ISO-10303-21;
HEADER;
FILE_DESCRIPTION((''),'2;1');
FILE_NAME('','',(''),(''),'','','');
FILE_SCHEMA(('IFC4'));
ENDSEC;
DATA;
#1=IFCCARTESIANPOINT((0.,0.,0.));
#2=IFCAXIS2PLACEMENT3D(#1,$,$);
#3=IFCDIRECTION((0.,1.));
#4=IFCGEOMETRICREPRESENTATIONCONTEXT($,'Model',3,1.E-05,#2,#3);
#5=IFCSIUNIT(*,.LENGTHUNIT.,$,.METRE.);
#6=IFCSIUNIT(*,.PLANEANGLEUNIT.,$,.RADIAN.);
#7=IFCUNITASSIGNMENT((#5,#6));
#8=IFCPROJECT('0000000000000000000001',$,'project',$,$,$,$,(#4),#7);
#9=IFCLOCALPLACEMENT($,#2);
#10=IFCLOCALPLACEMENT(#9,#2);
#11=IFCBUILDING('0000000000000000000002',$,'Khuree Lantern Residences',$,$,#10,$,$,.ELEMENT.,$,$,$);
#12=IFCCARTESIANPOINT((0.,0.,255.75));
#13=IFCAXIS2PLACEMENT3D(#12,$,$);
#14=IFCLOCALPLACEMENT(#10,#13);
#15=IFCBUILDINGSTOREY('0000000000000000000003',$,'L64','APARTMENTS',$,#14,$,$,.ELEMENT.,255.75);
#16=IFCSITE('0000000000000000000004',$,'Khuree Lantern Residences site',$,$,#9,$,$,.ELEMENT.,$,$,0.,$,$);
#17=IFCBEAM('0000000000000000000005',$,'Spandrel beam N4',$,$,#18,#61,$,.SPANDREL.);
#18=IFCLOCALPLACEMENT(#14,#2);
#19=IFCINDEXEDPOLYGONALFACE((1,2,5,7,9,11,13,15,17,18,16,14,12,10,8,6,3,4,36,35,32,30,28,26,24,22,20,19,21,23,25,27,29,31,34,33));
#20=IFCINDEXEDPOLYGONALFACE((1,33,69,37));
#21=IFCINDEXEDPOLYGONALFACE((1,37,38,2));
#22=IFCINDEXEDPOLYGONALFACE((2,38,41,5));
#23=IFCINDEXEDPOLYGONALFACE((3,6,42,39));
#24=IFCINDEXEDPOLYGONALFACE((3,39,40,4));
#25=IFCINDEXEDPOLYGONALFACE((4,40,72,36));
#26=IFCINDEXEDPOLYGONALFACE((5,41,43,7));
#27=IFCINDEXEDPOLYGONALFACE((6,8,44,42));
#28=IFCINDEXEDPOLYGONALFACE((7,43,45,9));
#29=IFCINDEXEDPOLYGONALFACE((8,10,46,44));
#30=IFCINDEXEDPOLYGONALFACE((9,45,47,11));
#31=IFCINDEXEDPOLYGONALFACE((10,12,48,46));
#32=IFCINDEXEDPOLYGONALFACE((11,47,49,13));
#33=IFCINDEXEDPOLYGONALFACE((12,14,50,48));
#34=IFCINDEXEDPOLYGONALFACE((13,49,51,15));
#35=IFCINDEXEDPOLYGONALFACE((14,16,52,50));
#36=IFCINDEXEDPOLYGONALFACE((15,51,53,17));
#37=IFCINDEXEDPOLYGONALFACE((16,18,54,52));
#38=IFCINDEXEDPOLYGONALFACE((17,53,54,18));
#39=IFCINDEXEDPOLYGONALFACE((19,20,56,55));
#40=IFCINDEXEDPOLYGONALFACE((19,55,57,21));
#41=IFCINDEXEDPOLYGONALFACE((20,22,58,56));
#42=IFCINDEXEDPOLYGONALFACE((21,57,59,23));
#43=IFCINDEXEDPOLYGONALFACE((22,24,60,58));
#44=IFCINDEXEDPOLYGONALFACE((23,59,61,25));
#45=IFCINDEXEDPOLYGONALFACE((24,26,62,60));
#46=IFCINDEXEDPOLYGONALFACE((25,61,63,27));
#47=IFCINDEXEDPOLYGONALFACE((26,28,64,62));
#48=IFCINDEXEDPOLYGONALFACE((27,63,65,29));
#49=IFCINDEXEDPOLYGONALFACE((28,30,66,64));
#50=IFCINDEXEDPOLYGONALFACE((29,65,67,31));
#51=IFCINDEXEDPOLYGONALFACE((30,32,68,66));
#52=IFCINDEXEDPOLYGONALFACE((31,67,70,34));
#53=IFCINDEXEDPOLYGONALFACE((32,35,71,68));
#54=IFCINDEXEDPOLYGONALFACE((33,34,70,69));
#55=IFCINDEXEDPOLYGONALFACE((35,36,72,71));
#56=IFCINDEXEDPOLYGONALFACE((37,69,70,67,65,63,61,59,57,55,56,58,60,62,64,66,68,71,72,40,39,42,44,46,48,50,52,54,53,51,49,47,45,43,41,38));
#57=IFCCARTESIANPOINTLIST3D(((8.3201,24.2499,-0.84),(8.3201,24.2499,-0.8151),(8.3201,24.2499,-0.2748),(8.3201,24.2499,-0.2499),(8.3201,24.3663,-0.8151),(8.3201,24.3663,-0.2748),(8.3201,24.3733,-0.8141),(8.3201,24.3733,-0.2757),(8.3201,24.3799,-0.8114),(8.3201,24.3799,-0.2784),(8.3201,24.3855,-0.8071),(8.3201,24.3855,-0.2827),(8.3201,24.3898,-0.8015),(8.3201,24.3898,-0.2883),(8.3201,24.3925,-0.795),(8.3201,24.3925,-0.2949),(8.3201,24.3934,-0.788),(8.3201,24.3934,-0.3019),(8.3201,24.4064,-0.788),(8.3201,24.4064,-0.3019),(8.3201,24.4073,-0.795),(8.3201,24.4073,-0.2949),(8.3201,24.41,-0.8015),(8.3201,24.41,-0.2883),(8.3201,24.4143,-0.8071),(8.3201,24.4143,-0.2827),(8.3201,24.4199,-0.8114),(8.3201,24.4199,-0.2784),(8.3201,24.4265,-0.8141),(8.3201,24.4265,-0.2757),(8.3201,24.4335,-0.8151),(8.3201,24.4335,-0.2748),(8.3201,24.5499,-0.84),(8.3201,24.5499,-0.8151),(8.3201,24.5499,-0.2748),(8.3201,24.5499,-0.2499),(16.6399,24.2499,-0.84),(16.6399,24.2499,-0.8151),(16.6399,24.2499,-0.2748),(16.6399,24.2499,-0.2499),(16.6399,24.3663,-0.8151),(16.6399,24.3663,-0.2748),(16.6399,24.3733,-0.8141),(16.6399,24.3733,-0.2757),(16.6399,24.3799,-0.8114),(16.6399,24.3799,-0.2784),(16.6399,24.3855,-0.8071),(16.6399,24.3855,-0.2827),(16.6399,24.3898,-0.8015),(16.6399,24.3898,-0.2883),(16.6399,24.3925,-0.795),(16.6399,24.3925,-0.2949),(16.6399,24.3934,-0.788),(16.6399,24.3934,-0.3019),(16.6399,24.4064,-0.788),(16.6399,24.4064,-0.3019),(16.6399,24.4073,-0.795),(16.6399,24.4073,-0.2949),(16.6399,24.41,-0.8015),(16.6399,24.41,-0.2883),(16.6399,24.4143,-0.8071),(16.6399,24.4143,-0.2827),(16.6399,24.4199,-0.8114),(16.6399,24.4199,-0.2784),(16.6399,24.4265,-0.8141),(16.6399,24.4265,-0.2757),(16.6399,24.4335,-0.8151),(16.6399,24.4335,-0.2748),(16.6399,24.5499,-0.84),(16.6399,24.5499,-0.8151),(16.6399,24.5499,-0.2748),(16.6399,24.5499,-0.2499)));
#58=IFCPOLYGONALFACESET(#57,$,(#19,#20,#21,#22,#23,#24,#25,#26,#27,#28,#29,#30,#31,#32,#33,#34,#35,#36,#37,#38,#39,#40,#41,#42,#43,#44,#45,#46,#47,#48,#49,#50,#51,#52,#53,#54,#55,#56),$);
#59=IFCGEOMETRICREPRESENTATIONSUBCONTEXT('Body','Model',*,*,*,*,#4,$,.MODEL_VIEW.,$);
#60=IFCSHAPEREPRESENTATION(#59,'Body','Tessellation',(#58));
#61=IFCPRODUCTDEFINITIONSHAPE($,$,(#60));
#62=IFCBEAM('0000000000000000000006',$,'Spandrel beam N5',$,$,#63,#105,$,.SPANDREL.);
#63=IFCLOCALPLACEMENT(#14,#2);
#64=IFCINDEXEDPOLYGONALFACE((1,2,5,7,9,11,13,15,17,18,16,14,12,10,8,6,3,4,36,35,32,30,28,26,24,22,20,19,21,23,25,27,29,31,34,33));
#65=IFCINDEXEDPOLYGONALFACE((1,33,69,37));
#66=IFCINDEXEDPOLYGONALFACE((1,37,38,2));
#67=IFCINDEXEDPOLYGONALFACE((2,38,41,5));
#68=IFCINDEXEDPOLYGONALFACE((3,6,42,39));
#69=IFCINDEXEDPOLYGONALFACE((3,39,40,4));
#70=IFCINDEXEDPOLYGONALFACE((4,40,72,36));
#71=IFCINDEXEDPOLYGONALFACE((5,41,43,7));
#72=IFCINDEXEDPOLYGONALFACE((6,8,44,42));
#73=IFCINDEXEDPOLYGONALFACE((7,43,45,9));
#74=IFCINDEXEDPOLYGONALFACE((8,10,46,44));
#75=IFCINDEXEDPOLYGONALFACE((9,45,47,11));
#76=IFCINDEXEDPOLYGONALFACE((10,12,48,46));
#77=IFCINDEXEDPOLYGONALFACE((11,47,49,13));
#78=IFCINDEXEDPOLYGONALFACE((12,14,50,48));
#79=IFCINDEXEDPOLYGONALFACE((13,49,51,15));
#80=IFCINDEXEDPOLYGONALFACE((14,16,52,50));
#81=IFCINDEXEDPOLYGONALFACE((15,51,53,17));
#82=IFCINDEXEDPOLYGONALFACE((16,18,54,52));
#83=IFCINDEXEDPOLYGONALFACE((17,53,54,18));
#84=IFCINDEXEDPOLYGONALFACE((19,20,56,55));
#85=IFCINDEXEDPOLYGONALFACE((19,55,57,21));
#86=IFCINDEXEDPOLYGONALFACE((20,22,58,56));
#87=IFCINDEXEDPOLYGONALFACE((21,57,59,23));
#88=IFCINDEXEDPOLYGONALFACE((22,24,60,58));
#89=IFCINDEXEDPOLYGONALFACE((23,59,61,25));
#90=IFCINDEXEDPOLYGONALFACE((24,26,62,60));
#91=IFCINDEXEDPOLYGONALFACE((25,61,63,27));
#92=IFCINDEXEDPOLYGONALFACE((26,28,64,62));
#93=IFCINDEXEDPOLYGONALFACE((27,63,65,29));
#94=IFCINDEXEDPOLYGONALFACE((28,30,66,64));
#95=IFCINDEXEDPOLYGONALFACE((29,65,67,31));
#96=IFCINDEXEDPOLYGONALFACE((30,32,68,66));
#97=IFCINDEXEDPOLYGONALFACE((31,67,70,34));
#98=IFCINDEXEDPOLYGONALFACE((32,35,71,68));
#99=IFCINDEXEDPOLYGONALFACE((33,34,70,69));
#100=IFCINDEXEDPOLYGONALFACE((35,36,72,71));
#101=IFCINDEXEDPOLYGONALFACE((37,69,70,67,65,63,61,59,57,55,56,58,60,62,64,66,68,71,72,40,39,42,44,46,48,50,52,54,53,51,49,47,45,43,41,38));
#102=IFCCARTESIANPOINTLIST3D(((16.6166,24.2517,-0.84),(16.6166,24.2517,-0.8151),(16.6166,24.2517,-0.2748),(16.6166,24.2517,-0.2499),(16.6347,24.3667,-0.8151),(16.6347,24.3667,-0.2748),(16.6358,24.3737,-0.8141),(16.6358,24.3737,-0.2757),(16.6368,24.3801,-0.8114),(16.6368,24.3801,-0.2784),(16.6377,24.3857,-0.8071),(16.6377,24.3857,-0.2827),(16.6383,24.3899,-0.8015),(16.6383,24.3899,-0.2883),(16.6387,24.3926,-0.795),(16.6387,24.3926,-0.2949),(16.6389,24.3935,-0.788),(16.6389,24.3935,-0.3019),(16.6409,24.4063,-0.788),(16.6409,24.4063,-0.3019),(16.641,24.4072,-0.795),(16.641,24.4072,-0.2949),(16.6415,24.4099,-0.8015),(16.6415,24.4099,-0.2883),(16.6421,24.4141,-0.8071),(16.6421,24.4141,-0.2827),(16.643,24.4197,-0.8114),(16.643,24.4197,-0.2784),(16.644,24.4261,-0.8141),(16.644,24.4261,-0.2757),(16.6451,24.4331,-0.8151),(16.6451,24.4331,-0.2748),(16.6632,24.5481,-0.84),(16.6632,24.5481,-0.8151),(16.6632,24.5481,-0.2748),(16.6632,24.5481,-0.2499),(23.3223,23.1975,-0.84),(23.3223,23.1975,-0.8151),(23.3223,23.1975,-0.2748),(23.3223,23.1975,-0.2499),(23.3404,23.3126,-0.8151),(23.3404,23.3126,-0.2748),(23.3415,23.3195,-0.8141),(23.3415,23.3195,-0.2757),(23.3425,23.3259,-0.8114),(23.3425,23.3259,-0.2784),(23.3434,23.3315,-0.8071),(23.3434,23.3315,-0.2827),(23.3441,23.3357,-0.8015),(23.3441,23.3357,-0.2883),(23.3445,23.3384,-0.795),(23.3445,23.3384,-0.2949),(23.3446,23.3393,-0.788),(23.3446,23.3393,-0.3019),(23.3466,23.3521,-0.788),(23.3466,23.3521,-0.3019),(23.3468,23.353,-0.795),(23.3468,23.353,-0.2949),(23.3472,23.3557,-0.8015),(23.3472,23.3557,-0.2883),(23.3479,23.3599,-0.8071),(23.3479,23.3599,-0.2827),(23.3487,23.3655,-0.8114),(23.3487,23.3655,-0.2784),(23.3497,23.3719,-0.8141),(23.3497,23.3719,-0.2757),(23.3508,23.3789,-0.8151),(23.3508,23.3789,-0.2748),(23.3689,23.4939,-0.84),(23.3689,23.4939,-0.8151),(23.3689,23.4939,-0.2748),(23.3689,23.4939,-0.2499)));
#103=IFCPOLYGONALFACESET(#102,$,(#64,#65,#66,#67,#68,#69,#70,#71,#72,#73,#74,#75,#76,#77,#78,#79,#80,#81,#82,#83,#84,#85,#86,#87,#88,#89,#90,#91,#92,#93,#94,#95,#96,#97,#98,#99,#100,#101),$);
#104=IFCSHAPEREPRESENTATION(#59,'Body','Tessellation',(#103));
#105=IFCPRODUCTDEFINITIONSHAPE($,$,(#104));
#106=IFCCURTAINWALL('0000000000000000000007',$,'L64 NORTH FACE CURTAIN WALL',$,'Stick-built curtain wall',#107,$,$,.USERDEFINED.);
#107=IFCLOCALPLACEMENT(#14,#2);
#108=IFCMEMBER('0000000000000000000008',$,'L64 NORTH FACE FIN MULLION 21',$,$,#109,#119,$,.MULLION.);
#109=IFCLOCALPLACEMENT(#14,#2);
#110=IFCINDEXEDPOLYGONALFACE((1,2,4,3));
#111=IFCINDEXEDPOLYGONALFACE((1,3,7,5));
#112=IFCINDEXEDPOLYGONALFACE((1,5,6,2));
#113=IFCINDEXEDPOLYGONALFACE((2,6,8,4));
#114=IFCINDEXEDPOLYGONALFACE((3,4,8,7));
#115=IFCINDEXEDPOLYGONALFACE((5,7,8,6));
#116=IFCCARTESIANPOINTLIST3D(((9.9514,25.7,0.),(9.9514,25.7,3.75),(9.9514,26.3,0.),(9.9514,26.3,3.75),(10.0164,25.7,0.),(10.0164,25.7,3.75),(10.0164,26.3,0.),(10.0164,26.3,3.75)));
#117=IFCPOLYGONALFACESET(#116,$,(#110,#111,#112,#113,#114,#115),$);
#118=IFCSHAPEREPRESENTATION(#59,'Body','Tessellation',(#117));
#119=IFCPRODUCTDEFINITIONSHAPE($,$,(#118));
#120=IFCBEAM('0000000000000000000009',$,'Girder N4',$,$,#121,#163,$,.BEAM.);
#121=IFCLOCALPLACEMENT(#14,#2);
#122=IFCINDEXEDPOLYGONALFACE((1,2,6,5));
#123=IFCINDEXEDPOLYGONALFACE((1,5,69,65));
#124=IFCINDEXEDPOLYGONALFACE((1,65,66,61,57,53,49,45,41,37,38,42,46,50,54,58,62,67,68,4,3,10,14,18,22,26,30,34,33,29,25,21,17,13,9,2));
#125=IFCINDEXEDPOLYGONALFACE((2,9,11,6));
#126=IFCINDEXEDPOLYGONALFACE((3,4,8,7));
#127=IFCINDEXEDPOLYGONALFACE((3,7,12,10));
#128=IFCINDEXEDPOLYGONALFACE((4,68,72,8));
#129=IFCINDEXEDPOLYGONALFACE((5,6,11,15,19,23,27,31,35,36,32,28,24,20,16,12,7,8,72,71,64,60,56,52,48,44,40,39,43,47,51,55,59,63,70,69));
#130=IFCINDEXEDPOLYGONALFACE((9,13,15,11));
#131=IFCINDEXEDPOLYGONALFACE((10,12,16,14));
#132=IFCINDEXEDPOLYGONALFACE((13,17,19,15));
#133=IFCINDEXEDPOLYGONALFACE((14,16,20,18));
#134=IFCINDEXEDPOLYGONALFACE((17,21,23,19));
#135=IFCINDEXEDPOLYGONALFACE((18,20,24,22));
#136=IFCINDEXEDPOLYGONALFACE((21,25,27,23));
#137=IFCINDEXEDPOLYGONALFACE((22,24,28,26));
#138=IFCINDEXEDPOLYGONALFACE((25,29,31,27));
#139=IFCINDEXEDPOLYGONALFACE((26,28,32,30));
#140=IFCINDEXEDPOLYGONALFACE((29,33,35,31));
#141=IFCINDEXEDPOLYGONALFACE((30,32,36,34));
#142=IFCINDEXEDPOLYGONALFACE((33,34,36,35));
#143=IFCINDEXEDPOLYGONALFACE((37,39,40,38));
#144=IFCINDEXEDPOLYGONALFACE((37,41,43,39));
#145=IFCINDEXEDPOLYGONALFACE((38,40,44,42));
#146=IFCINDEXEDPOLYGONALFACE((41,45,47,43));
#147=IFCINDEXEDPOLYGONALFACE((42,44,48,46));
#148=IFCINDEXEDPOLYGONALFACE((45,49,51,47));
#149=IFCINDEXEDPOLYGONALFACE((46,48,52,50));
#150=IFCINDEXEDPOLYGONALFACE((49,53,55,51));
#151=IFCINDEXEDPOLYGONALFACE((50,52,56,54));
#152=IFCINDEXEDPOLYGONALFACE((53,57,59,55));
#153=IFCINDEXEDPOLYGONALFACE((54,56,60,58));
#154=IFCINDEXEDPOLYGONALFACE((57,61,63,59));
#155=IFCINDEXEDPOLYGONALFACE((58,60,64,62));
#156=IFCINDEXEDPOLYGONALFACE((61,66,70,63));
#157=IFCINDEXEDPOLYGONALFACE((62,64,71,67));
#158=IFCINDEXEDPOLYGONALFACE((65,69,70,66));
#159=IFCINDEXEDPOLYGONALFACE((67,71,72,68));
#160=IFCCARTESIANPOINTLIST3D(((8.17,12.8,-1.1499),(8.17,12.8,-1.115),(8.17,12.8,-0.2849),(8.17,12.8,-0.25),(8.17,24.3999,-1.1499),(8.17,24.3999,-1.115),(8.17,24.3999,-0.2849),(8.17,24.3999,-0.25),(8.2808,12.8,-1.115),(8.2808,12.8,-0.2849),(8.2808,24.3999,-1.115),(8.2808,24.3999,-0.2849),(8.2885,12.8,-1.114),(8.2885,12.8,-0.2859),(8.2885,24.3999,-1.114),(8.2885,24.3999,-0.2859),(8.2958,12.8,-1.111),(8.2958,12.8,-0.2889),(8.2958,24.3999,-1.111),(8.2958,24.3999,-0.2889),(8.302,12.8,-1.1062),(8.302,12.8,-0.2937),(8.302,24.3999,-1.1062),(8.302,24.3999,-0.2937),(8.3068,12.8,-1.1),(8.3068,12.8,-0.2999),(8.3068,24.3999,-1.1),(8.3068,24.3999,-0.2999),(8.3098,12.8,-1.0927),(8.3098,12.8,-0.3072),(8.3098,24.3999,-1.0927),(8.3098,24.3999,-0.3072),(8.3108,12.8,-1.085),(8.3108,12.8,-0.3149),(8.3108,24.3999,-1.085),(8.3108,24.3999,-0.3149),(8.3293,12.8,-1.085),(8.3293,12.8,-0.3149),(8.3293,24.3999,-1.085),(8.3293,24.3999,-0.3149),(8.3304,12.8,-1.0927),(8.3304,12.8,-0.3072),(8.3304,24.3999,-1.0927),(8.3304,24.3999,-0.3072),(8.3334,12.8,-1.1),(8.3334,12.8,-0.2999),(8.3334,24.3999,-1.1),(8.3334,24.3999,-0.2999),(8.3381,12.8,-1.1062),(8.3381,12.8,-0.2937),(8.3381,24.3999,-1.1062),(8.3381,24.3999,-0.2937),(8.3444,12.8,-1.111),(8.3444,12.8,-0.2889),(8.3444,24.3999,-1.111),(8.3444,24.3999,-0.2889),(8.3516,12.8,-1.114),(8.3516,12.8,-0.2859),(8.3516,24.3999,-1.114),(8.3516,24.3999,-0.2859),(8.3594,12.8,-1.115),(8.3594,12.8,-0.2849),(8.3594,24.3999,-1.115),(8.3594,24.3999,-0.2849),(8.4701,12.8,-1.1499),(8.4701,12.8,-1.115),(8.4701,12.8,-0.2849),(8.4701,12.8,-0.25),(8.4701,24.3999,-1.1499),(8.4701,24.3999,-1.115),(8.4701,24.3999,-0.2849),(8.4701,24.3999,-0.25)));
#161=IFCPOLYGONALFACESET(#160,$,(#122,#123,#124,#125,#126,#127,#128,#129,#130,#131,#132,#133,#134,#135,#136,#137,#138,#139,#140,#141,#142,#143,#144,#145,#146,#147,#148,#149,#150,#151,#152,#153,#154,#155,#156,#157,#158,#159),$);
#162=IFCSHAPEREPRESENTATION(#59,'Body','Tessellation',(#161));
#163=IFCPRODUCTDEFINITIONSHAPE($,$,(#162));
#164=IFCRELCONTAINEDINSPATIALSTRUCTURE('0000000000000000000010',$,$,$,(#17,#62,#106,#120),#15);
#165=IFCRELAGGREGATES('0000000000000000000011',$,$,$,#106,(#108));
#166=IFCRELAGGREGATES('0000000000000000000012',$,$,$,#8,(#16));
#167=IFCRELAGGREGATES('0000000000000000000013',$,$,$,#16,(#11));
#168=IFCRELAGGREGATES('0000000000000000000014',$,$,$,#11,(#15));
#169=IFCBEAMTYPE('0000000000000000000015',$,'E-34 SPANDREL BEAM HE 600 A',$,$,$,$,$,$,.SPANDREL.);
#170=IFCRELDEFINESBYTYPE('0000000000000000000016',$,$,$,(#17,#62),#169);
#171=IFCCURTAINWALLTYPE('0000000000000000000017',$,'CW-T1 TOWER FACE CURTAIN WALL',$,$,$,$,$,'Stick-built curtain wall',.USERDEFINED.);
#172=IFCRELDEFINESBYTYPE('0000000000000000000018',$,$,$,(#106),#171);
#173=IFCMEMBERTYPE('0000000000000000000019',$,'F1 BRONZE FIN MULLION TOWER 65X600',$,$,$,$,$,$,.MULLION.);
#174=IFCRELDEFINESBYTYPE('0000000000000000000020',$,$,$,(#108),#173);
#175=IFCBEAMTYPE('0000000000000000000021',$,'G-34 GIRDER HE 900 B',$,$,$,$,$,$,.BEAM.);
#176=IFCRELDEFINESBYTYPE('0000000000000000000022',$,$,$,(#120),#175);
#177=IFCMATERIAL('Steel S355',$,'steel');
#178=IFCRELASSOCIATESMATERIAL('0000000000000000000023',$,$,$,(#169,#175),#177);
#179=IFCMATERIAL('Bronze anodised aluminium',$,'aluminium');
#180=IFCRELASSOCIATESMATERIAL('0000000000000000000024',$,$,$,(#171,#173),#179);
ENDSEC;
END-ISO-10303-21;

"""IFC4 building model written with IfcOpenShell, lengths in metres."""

from ifc_helpers import new_model, si_unit, direction, frame, origin, origin_2d, place, context, subcontext, project, spatial, rectangle, i_section, extrude, material, material_profile, profile_set, type_object, element, aggregate, save


model = new_model("IFC4")

# Units and contexts
model_context = context("Model", 3, precision=1e-05, world=origin(), true_north=direction((0.0, 1.0)))
body_context = subcontext(model_context, "Body", "Model", "MODEL_VIEW")
ifc_project = project(units=[si_unit("LENGTHUNIT", "METRE"), si_unit("PLANEANGLEUNIT", "RADIAN")], contexts=[model_context])

# Site, building, storey
site_placement = place(None, origin())
site = spatial("IfcSite", under=ifc_project, at=site_placement, Name="Khuree Lantern Residences site", CompositionType="ELEMENT", RefElevation=0.0)
building_placement = place(site_placement, origin())
building = spatial("IfcBuilding", under=site, at=building_placement, Name="Khuree Lantern Residences", CompositionType="ELEMENT")
storey_placement = place(building_placement, frame((0.0, 0.0, 255.75)))
storey = spatial("IfcBuildingStorey", under=building, at=storey_placement, Name="L64", Description="APARTMENTS", CompositionType="ELEMENT", Elevation=255.75)

# Beams
ifc_material_1 = material(Name="Steel S355", Category="steel")
ifc_material_profile_1 = material_profile(ifc_material_1, i_section(OverallWidth=0.3, OverallDepth=0.5901, WebThickness=0.0129, FlangeThickness=0.0249, FilletRadius=0.0271, at=origin_2d()), Name="HE 600 A")
ifc_profile_set_1 = profile_set([ifc_material_profile_1], Name="Steel S355")
beam_type_1 = type_object("IfcBeamType", Name="E-34 SPANDREL BEAM HE 600 A", PredefinedType="SPANDREL", material=ifc_profile_set_1)
beam_1_placement = place(storey_placement, frame((8.3201, 24.3999, -0.5449), z_axis=(1.0, 0.0, 0.0), x_axis=(0.0, 1.0, 0.0)))
element("IfcBeam", 1, at=beam_1_placement, inside=storey, type_object=beam_type_1, Name="Spandrel beam N4", PredefinedType="SPANDREL", context=body_context, shape_type="SweptSolid", body=[
    extrude(i_section(OverallWidth=0.3, OverallDepth=0.5901, WebThickness=0.0129, FlangeThickness=0.0249, FilletRadius=0.0271, at=origin_2d()), origin(), (0.0, 0.0, 1.0), 8.3198),
])
beam_2_placement = place(storey_placement, frame((16.6399, 24.3999, -0.5449), z_axis=(0.987867, -0.1553, 0.0), x_axis=(0.1553, 0.987867, 0.0)))
element("IfcBeam", 2, at=beam_2_placement, inside=storey, type_object=beam_type_1, Name="Spandrel beam N5", PredefinedType="SPANDREL", context=body_context, shape_type="SweptSolid", body=[
    extrude(i_section(OverallWidth=0.3, OverallDepth=0.5901, WebThickness=0.0129, FlangeThickness=0.0249, FilletRadius=0.0271, at=origin_2d()), origin(), (0.0, 0.0, 1.0), 6.7881),
])

# Curtain wall, member
ifc_material_2 = material(Name="Bronze anodised aluminium", Category="aluminium")
curtain_wall_type = type_object("IfcCurtainWallType", Name="CW-T1 TOWER FACE CURTAIN WALL", ElementType="Stick-built curtain wall", PredefinedType="USERDEFINED", material=ifc_material_2)
curtain_wall_placement = place(storey_placement, origin())
curtain_wall = element("IfcCurtainWall", 3, at=curtain_wall_placement, inside=storey, type_object=curtain_wall_type, Name="L64 NORTH FACE CURTAIN WALL", ObjectType="Stick-built curtain wall", PredefinedType="USERDEFINED")
ifc_material_profile_2 = material_profile(ifc_material_2, rectangle(XDim=0.0649, YDim=0.6001, at=origin_2d()), Name="F1 65X600")
ifc_profile_set_2 = profile_set([ifc_material_profile_2], Name="Bronze anodised aluminium")
member_type_1 = type_object("IfcMemberType", Name="F1 BRONZE FIN MULLION TOWER 65X600", PredefinedType="MULLION", material=ifc_profile_set_2)
member_1_placement = place(storey_placement, frame((9.9839, 26.0, 0.0), z_axis=(0.0, 0.0, 1.0), x_axis=(-1.0, 0.0, 0.0)))
member_1 = element("IfcMember", 4, at=member_1_placement, type_object=member_type_1, Name="L64 NORTH FACE FIN MULLION 21", PredefinedType="MULLION", context=body_context, shape_type="SweptSolid", body=[
    extrude(rectangle(XDim=0.0649, YDim=0.6001, at=origin_2d()), origin(), (0.0, 0.0, 1.0), 3.75),
])

# Beam
ifc_material_profile_3 = material_profile(ifc_material_1, i_section(OverallWidth=0.3, OverallDepth=0.8999, WebThickness=0.0186, FlangeThickness=0.0349, FilletRadius=0.03, at=origin_2d()), Name="HE 900 B")
ifc_profile_set_3 = profile_set([ifc_material_profile_3], Name="Steel S355")
beam_type_2 = type_object("IfcBeamType", Name="G-34 GIRDER HE 900 B", PredefinedType="BEAM", material=ifc_profile_set_3)
beam_3_placement = place(storey_placement, frame((8.3201, 24.3999, -0.7), z_axis=(0.0, -1.0, 0.0), x_axis=(1.0, 0.0, 0.0)))
element("IfcBeam", 5, at=beam_3_placement, inside=storey, type_object=beam_type_2, Name="Girder N4", PredefinedType="BEAM", context=body_context, shape_type="SweptSolid", body=[
    extrude(i_section(OverallWidth=0.3, OverallDepth=0.8999, WebThickness=0.0186, FlangeThickness=0.0349, FilletRadius=0.03, at=origin_2d()), origin(), (0.0, 0.0, 1.0), 11.5999),
])

aggregate(curtain_wall, [member_1])

save(model, "model.ifc")
